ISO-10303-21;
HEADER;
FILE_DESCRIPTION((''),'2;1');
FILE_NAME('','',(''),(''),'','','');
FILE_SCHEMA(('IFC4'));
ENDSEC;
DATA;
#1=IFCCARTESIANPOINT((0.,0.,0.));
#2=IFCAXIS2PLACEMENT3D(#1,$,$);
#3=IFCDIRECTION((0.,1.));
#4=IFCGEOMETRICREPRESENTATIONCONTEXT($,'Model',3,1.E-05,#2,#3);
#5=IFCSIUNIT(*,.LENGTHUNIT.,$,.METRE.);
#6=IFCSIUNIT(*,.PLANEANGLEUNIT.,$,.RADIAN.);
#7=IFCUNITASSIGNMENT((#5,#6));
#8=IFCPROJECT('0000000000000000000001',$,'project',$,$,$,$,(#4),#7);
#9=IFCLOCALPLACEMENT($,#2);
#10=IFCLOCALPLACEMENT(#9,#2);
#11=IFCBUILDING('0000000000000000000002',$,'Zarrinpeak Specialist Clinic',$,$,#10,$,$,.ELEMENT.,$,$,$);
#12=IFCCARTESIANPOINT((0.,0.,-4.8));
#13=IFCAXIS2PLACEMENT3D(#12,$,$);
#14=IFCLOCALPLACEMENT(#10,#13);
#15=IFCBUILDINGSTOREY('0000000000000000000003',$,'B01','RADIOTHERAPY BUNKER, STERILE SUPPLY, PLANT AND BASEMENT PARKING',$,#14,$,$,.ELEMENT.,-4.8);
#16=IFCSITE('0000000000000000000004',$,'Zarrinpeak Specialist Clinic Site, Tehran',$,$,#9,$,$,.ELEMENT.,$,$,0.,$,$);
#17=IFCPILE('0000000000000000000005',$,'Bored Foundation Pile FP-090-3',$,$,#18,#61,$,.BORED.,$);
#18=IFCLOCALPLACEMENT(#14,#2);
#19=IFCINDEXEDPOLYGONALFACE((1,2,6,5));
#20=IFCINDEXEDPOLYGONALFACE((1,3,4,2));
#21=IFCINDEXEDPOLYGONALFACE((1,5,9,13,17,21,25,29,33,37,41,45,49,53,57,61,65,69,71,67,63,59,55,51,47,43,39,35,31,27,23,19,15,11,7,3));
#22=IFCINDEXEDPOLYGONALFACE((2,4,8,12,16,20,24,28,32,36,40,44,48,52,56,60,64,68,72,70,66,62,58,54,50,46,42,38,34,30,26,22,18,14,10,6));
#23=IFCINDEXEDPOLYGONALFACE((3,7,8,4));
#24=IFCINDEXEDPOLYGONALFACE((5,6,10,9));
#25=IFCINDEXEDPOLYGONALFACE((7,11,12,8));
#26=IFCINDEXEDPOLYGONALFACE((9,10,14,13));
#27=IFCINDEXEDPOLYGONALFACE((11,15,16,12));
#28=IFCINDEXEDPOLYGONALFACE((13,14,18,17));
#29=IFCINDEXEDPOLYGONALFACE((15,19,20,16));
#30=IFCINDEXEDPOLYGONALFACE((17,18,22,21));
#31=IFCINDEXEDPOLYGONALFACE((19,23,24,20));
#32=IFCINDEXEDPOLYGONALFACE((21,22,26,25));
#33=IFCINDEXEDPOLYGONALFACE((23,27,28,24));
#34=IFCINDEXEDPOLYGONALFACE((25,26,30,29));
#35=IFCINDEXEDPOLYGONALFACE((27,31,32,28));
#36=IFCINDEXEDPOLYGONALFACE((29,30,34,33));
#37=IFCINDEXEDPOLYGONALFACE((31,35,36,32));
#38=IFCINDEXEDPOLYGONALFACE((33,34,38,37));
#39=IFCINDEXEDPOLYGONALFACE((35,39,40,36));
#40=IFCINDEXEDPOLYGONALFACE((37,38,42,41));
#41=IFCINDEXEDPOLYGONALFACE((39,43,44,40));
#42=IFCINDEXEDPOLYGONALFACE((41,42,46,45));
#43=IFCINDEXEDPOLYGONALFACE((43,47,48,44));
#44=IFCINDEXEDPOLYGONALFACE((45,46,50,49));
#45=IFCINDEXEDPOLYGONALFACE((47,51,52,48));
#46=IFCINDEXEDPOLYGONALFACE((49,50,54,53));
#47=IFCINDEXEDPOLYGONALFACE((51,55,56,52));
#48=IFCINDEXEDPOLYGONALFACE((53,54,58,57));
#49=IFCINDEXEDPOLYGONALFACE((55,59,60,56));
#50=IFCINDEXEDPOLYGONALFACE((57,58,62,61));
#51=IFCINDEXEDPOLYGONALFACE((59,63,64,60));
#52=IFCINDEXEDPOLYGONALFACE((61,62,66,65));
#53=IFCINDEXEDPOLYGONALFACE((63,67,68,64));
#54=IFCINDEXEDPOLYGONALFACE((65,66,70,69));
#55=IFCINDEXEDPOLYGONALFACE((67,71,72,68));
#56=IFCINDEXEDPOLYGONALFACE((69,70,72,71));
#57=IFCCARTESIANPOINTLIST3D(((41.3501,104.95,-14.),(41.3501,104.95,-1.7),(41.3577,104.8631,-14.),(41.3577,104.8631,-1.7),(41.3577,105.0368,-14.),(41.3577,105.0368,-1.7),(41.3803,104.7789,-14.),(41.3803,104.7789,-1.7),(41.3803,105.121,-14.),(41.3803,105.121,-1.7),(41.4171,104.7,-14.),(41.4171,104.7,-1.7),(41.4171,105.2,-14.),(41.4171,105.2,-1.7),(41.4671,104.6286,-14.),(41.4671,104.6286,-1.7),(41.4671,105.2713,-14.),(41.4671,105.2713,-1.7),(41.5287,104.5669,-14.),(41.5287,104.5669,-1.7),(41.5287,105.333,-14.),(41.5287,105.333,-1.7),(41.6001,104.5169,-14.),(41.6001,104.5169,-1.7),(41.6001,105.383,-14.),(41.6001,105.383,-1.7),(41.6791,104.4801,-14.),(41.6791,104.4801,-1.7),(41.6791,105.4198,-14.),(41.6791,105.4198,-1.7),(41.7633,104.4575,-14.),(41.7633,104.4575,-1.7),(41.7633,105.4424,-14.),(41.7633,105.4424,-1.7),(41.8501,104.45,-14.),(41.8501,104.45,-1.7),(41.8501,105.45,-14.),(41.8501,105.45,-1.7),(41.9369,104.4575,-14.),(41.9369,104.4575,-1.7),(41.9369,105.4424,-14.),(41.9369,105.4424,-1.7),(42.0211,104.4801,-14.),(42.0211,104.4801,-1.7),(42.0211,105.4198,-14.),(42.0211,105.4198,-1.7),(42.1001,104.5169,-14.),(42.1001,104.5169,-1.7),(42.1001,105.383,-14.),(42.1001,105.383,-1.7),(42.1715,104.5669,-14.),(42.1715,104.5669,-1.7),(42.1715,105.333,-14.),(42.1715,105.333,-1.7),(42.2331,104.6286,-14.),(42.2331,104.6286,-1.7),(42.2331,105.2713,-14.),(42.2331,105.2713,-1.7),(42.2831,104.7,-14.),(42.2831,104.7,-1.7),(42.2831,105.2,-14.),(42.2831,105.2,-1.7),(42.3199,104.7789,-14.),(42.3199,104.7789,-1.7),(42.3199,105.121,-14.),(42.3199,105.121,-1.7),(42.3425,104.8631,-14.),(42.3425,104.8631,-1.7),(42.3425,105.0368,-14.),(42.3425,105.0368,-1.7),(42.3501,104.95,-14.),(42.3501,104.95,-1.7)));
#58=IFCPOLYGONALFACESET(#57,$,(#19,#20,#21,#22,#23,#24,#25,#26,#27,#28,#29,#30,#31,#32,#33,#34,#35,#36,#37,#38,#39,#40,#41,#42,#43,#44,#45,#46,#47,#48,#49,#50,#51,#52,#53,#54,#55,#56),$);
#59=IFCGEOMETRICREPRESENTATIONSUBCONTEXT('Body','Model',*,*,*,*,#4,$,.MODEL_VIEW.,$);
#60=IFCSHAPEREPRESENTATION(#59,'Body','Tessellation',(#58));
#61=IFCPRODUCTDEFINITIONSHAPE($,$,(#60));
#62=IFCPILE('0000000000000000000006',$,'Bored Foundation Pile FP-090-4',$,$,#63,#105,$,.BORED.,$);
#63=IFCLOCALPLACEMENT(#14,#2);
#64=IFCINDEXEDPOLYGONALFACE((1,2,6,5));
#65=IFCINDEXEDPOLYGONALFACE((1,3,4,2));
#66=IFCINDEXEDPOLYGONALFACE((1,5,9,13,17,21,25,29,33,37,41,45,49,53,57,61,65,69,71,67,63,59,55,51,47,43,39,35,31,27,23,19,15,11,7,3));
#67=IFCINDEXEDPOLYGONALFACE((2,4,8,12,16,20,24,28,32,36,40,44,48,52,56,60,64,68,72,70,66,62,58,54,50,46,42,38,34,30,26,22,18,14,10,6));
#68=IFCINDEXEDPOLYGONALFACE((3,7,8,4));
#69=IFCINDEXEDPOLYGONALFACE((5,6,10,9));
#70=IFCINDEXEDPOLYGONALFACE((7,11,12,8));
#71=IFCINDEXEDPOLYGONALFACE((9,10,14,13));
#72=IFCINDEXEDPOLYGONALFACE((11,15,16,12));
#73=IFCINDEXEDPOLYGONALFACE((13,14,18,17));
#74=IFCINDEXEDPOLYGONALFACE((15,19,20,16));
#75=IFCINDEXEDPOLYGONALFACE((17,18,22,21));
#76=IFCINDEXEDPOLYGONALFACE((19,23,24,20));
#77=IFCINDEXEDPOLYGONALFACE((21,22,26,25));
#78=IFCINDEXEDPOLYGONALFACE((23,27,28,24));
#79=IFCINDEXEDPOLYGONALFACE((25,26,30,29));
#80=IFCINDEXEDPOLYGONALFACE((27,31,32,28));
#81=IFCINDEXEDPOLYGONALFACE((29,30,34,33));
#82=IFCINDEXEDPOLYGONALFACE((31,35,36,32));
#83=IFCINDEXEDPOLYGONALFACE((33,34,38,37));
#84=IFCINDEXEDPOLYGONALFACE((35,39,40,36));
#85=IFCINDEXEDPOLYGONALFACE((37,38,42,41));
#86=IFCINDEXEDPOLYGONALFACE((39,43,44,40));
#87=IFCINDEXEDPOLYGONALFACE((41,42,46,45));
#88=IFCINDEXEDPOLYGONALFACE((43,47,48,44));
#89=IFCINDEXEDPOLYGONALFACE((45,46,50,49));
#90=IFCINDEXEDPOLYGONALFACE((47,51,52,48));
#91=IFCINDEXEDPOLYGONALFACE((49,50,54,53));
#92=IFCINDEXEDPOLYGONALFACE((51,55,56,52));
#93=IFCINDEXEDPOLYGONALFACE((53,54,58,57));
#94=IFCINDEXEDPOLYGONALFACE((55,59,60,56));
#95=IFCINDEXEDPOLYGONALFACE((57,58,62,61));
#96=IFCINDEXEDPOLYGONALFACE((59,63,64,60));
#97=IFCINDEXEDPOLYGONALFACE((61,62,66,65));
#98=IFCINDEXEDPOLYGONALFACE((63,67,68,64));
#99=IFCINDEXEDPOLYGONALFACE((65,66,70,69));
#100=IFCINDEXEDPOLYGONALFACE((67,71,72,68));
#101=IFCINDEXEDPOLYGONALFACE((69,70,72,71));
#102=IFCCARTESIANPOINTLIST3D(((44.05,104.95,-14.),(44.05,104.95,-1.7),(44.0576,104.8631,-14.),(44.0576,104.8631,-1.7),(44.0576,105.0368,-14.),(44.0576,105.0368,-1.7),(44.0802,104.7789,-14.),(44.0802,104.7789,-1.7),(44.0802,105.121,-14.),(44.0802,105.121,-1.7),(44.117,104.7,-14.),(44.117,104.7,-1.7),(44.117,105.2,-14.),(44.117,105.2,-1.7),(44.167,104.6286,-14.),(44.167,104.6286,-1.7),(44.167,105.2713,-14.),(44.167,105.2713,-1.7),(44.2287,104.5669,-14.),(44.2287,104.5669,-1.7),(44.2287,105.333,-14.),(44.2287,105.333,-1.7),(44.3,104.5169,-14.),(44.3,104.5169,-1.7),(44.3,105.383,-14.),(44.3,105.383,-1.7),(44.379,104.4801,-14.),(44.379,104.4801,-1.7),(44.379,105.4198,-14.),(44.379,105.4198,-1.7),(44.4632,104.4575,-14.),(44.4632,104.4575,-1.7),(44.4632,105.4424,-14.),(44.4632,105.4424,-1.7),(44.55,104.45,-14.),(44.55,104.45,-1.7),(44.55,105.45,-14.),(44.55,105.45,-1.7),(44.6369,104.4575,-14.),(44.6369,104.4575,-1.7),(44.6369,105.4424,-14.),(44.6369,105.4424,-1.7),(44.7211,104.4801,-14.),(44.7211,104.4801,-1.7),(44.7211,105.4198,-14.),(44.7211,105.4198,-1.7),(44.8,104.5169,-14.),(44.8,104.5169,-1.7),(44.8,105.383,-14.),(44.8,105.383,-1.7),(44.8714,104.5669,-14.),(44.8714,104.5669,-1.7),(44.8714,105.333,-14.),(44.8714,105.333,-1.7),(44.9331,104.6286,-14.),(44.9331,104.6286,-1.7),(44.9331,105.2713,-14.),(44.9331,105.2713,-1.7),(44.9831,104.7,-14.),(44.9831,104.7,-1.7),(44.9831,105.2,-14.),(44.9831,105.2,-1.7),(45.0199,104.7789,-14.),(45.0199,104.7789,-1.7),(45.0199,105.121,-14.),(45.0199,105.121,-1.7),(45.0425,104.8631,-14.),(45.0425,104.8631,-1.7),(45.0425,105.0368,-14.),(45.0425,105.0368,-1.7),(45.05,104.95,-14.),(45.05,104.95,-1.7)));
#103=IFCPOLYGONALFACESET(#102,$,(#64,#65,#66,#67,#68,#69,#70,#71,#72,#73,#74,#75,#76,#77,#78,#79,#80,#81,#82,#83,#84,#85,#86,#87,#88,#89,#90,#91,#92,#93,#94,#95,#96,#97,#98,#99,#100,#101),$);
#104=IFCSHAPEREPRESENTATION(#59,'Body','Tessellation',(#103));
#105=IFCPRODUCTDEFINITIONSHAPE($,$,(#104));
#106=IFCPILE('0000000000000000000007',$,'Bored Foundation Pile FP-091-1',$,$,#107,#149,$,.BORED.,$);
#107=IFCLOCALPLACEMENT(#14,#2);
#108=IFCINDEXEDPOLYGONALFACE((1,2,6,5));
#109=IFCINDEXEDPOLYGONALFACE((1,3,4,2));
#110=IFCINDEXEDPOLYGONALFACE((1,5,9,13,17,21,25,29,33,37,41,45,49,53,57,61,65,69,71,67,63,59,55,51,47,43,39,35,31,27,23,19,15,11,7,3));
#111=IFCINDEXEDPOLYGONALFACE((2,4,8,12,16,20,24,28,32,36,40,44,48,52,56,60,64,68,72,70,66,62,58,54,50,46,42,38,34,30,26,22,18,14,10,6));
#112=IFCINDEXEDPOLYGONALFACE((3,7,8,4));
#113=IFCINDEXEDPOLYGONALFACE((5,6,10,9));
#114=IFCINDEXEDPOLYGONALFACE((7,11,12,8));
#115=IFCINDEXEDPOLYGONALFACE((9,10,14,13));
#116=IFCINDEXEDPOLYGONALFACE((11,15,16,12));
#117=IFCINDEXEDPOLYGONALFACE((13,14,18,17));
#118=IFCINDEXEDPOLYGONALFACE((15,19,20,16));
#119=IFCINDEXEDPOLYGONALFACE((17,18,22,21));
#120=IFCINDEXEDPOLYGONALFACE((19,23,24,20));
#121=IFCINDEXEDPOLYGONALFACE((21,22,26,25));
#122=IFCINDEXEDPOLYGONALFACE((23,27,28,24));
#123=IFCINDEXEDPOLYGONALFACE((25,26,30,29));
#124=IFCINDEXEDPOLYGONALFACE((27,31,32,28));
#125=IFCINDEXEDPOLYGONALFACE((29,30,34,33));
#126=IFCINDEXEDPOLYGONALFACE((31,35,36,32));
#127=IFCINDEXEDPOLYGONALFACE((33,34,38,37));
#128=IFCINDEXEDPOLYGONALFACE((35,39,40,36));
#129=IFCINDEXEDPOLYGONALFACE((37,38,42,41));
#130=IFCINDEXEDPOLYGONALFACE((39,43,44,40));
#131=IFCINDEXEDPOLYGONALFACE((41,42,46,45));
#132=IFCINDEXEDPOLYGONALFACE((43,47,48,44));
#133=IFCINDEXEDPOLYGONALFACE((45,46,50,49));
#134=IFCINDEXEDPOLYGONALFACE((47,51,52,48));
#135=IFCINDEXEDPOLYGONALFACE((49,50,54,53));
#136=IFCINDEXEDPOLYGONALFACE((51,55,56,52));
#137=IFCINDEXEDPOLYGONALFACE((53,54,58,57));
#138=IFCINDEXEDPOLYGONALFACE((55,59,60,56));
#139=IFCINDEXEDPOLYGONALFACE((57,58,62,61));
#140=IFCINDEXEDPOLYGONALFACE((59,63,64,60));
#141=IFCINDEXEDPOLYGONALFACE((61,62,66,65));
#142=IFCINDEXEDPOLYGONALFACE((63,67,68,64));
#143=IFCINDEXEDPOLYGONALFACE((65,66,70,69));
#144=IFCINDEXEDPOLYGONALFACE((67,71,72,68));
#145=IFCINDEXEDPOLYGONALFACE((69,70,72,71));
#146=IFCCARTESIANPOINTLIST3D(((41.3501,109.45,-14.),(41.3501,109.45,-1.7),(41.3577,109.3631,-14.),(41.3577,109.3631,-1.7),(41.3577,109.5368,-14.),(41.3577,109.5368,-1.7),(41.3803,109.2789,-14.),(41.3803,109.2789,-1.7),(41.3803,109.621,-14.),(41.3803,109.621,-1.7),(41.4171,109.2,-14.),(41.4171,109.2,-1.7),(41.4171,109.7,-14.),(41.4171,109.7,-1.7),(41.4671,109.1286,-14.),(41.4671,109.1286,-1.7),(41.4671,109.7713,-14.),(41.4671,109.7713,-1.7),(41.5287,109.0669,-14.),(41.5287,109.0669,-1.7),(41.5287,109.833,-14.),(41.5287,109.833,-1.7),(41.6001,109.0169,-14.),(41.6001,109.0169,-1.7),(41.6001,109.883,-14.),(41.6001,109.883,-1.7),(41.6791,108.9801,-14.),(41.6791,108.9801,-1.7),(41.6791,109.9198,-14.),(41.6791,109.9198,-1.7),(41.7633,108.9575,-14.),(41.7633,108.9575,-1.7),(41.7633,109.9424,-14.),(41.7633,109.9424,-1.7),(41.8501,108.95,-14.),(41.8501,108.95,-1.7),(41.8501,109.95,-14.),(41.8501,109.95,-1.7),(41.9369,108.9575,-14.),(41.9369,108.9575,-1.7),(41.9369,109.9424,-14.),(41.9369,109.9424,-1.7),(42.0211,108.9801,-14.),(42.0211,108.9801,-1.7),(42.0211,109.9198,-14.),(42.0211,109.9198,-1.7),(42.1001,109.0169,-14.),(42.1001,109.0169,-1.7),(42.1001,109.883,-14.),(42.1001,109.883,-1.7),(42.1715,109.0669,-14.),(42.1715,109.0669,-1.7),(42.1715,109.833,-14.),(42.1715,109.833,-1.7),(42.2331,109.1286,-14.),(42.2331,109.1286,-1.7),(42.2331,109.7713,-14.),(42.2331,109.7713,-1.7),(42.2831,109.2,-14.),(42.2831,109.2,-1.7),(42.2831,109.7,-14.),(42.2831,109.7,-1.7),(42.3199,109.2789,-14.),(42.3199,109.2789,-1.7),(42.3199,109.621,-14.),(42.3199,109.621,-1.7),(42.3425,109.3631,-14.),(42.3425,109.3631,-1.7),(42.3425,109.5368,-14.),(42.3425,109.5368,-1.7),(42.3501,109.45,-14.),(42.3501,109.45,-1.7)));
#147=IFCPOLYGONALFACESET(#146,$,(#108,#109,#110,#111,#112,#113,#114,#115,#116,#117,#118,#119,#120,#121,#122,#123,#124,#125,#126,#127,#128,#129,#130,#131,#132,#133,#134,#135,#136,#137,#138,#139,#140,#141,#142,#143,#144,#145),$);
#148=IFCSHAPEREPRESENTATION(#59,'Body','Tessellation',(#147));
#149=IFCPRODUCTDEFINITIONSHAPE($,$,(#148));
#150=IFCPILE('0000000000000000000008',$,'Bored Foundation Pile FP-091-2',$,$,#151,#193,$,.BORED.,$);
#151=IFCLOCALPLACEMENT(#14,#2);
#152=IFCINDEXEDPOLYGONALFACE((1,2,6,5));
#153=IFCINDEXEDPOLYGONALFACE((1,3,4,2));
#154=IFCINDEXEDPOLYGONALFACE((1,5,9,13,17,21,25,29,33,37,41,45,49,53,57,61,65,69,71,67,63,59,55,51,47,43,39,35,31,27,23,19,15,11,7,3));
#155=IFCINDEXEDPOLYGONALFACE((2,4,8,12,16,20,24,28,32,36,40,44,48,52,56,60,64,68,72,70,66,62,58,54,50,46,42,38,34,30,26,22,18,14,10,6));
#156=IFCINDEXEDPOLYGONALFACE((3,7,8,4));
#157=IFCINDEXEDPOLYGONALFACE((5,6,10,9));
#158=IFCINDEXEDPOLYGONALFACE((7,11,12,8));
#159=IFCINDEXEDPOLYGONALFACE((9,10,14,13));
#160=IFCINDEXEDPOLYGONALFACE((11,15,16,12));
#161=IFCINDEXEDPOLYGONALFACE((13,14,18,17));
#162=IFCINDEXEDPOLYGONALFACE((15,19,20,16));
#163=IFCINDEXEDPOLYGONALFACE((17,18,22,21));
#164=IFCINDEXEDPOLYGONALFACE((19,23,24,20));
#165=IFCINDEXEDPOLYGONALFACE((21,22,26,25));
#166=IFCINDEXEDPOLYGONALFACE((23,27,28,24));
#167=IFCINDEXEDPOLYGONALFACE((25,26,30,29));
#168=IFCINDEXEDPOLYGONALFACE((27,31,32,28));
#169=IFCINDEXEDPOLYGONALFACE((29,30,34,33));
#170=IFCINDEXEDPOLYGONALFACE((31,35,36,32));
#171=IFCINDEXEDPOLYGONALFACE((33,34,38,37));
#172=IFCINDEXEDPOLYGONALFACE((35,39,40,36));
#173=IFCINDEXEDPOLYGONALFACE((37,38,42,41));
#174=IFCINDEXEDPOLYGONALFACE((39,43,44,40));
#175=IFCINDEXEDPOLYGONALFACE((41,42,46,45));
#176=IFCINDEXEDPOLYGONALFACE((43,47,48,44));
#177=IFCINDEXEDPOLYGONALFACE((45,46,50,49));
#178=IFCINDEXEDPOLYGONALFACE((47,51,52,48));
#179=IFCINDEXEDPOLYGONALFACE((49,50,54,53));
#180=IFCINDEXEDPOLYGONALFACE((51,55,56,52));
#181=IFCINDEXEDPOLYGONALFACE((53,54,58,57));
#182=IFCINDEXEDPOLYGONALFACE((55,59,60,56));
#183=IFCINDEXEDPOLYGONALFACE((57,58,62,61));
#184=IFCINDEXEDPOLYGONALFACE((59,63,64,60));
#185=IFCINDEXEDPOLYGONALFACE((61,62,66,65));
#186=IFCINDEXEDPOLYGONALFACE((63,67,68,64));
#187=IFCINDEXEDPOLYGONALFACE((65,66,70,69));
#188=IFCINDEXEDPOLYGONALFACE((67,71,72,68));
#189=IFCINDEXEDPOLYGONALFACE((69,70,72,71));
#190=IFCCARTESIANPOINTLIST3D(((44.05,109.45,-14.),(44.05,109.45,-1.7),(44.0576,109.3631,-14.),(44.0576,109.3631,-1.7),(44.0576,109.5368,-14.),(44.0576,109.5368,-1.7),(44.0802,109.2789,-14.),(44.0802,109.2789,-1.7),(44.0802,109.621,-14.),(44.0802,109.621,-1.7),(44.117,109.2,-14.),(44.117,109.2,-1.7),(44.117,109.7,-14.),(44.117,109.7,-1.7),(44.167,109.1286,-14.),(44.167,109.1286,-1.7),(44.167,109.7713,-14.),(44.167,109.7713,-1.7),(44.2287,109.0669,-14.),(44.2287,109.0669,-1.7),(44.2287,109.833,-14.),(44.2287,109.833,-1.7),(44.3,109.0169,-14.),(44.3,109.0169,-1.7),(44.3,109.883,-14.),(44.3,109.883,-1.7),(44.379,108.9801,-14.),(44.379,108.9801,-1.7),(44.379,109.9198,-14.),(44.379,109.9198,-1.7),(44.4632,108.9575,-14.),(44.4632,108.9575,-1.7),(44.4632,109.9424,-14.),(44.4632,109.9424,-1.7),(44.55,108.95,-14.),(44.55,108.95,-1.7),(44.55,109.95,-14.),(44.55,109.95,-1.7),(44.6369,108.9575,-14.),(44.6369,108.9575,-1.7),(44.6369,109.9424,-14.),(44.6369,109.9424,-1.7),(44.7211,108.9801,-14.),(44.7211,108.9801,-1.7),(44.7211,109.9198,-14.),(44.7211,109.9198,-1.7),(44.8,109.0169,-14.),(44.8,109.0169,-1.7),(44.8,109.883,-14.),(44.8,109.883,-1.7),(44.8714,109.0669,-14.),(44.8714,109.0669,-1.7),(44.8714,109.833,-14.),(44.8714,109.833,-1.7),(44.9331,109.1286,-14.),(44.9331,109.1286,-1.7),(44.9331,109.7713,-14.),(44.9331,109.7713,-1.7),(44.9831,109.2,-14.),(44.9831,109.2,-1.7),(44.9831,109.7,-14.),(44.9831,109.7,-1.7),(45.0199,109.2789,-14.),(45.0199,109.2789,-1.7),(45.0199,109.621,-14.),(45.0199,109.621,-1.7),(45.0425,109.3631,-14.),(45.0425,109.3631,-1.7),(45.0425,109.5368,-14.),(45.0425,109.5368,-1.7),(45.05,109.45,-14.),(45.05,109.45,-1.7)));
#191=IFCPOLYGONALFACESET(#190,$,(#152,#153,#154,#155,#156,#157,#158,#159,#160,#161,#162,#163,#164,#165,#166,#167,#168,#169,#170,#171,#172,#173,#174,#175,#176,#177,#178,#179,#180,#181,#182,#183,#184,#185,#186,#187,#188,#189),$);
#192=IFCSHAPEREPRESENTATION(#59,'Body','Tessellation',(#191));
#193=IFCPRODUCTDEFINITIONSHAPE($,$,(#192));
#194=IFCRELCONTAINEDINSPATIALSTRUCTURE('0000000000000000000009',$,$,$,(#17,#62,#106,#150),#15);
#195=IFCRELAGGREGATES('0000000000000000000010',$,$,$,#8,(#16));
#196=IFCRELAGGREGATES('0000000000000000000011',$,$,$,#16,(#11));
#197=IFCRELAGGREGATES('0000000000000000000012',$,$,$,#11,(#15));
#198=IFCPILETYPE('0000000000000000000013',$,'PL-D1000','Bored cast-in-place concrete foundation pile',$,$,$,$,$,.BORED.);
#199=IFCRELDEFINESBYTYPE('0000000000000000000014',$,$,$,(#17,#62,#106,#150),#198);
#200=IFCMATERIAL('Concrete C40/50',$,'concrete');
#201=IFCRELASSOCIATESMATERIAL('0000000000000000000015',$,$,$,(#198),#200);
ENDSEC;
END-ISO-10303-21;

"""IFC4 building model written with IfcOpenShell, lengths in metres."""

from ifc_helpers import new_model, si_unit, direction, frame, origin, origin_2d, place, context, subcontext, project, spatial, circle, extrude, material, material_profile, profile_set, type_object, element, save


model = new_model("IFC4")

# Units and contexts
model_context = context("Model", 3, precision=1e-05, world=origin(), true_north=direction((0.0, 1.0)))
body_context = subcontext(model_context, "Body", "Model", "MODEL_VIEW")
ifc_project = project(units=[si_unit("LENGTHUNIT", "METRE"), si_unit("PLANEANGLEUNIT", "RADIAN")], contexts=[model_context])

# Site, building, storey
site_placement = place(None, origin())
site = spatial("IfcSite", under=ifc_project, at=site_placement, Name="Zarrinpeak Specialist Clinic Site, Tehran", CompositionType="ELEMENT", RefElevation=0.0)
building_placement = place(site_placement, origin())
building = spatial("IfcBuilding", under=site, at=building_placement, Name="Zarrinpeak Specialist Clinic", CompositionType="ELEMENT")
storey_placement = place(building_placement, frame((0.0, 0.0, -4.8)))
storey = spatial("IfcBuildingStorey", under=building, at=storey_placement, Name="B01", Description="RADIOTHERAPY BUNKER, STERILE SUPPLY, PLANT AND BASEMENT PARKING", CompositionType="ELEMENT", Elevation=-4.8)

# Shared definitions
ifc_material_1 = material(Name="Concrete C40/50", Category="concrete")

# Piles
ifc_material_profile_1 = material_profile(ifc_material_1, circle(Radius=0.5, at=origin_2d()), Name="BORED PILE D1000")
ifc_profile_set_1 = profile_set([ifc_material_profile_1], Name="Concrete C40/50")
pile_type = type_object("IfcPileType", Name="PL-D1000", Description="Bored cast-in-place concrete foundation pile", PredefinedType="BORED", material=ifc_profile_set_1)
for number, where, z_axis, x_axis, name in (
    (1, (41.8501, 104.95, -1.7), (0.0, 0.0, -1.0), (1.0, 0.0, 0.0), "Bored Foundation Pile FP-090-3"),
    (2, (44.55, 104.95, -1.7), (0.0, 0.0, -1.0), (1.0, 0.0, 0.0), "Bored Foundation Pile FP-090-4"),
    (3, (41.8501, 109.45, -1.7), (0.0, 0.0, -1.0), (1.0, 0.0, 0.0), "Bored Foundation Pile FP-091-1"),
    (4, (44.55, 109.45, -1.7), (0.0, 0.0, -1.0), (1.0, 0.0, 0.0), "Bored Foundation Pile FP-091-2"),
):
    element("IfcPile", number, at=place(storey_placement, frame(where, z_axis=z_axis, x_axis=x_axis)), inside=storey, type_object=pile_type, Name=name, PredefinedType="BORED", context=body_context, shape_type="SweptSolid", body=[
        extrude(circle(Radius=0.5, at=origin_2d()), origin(), (0.0, 0.0, 1.0), 12.3),
    ])

save(model, "model.ifc")
